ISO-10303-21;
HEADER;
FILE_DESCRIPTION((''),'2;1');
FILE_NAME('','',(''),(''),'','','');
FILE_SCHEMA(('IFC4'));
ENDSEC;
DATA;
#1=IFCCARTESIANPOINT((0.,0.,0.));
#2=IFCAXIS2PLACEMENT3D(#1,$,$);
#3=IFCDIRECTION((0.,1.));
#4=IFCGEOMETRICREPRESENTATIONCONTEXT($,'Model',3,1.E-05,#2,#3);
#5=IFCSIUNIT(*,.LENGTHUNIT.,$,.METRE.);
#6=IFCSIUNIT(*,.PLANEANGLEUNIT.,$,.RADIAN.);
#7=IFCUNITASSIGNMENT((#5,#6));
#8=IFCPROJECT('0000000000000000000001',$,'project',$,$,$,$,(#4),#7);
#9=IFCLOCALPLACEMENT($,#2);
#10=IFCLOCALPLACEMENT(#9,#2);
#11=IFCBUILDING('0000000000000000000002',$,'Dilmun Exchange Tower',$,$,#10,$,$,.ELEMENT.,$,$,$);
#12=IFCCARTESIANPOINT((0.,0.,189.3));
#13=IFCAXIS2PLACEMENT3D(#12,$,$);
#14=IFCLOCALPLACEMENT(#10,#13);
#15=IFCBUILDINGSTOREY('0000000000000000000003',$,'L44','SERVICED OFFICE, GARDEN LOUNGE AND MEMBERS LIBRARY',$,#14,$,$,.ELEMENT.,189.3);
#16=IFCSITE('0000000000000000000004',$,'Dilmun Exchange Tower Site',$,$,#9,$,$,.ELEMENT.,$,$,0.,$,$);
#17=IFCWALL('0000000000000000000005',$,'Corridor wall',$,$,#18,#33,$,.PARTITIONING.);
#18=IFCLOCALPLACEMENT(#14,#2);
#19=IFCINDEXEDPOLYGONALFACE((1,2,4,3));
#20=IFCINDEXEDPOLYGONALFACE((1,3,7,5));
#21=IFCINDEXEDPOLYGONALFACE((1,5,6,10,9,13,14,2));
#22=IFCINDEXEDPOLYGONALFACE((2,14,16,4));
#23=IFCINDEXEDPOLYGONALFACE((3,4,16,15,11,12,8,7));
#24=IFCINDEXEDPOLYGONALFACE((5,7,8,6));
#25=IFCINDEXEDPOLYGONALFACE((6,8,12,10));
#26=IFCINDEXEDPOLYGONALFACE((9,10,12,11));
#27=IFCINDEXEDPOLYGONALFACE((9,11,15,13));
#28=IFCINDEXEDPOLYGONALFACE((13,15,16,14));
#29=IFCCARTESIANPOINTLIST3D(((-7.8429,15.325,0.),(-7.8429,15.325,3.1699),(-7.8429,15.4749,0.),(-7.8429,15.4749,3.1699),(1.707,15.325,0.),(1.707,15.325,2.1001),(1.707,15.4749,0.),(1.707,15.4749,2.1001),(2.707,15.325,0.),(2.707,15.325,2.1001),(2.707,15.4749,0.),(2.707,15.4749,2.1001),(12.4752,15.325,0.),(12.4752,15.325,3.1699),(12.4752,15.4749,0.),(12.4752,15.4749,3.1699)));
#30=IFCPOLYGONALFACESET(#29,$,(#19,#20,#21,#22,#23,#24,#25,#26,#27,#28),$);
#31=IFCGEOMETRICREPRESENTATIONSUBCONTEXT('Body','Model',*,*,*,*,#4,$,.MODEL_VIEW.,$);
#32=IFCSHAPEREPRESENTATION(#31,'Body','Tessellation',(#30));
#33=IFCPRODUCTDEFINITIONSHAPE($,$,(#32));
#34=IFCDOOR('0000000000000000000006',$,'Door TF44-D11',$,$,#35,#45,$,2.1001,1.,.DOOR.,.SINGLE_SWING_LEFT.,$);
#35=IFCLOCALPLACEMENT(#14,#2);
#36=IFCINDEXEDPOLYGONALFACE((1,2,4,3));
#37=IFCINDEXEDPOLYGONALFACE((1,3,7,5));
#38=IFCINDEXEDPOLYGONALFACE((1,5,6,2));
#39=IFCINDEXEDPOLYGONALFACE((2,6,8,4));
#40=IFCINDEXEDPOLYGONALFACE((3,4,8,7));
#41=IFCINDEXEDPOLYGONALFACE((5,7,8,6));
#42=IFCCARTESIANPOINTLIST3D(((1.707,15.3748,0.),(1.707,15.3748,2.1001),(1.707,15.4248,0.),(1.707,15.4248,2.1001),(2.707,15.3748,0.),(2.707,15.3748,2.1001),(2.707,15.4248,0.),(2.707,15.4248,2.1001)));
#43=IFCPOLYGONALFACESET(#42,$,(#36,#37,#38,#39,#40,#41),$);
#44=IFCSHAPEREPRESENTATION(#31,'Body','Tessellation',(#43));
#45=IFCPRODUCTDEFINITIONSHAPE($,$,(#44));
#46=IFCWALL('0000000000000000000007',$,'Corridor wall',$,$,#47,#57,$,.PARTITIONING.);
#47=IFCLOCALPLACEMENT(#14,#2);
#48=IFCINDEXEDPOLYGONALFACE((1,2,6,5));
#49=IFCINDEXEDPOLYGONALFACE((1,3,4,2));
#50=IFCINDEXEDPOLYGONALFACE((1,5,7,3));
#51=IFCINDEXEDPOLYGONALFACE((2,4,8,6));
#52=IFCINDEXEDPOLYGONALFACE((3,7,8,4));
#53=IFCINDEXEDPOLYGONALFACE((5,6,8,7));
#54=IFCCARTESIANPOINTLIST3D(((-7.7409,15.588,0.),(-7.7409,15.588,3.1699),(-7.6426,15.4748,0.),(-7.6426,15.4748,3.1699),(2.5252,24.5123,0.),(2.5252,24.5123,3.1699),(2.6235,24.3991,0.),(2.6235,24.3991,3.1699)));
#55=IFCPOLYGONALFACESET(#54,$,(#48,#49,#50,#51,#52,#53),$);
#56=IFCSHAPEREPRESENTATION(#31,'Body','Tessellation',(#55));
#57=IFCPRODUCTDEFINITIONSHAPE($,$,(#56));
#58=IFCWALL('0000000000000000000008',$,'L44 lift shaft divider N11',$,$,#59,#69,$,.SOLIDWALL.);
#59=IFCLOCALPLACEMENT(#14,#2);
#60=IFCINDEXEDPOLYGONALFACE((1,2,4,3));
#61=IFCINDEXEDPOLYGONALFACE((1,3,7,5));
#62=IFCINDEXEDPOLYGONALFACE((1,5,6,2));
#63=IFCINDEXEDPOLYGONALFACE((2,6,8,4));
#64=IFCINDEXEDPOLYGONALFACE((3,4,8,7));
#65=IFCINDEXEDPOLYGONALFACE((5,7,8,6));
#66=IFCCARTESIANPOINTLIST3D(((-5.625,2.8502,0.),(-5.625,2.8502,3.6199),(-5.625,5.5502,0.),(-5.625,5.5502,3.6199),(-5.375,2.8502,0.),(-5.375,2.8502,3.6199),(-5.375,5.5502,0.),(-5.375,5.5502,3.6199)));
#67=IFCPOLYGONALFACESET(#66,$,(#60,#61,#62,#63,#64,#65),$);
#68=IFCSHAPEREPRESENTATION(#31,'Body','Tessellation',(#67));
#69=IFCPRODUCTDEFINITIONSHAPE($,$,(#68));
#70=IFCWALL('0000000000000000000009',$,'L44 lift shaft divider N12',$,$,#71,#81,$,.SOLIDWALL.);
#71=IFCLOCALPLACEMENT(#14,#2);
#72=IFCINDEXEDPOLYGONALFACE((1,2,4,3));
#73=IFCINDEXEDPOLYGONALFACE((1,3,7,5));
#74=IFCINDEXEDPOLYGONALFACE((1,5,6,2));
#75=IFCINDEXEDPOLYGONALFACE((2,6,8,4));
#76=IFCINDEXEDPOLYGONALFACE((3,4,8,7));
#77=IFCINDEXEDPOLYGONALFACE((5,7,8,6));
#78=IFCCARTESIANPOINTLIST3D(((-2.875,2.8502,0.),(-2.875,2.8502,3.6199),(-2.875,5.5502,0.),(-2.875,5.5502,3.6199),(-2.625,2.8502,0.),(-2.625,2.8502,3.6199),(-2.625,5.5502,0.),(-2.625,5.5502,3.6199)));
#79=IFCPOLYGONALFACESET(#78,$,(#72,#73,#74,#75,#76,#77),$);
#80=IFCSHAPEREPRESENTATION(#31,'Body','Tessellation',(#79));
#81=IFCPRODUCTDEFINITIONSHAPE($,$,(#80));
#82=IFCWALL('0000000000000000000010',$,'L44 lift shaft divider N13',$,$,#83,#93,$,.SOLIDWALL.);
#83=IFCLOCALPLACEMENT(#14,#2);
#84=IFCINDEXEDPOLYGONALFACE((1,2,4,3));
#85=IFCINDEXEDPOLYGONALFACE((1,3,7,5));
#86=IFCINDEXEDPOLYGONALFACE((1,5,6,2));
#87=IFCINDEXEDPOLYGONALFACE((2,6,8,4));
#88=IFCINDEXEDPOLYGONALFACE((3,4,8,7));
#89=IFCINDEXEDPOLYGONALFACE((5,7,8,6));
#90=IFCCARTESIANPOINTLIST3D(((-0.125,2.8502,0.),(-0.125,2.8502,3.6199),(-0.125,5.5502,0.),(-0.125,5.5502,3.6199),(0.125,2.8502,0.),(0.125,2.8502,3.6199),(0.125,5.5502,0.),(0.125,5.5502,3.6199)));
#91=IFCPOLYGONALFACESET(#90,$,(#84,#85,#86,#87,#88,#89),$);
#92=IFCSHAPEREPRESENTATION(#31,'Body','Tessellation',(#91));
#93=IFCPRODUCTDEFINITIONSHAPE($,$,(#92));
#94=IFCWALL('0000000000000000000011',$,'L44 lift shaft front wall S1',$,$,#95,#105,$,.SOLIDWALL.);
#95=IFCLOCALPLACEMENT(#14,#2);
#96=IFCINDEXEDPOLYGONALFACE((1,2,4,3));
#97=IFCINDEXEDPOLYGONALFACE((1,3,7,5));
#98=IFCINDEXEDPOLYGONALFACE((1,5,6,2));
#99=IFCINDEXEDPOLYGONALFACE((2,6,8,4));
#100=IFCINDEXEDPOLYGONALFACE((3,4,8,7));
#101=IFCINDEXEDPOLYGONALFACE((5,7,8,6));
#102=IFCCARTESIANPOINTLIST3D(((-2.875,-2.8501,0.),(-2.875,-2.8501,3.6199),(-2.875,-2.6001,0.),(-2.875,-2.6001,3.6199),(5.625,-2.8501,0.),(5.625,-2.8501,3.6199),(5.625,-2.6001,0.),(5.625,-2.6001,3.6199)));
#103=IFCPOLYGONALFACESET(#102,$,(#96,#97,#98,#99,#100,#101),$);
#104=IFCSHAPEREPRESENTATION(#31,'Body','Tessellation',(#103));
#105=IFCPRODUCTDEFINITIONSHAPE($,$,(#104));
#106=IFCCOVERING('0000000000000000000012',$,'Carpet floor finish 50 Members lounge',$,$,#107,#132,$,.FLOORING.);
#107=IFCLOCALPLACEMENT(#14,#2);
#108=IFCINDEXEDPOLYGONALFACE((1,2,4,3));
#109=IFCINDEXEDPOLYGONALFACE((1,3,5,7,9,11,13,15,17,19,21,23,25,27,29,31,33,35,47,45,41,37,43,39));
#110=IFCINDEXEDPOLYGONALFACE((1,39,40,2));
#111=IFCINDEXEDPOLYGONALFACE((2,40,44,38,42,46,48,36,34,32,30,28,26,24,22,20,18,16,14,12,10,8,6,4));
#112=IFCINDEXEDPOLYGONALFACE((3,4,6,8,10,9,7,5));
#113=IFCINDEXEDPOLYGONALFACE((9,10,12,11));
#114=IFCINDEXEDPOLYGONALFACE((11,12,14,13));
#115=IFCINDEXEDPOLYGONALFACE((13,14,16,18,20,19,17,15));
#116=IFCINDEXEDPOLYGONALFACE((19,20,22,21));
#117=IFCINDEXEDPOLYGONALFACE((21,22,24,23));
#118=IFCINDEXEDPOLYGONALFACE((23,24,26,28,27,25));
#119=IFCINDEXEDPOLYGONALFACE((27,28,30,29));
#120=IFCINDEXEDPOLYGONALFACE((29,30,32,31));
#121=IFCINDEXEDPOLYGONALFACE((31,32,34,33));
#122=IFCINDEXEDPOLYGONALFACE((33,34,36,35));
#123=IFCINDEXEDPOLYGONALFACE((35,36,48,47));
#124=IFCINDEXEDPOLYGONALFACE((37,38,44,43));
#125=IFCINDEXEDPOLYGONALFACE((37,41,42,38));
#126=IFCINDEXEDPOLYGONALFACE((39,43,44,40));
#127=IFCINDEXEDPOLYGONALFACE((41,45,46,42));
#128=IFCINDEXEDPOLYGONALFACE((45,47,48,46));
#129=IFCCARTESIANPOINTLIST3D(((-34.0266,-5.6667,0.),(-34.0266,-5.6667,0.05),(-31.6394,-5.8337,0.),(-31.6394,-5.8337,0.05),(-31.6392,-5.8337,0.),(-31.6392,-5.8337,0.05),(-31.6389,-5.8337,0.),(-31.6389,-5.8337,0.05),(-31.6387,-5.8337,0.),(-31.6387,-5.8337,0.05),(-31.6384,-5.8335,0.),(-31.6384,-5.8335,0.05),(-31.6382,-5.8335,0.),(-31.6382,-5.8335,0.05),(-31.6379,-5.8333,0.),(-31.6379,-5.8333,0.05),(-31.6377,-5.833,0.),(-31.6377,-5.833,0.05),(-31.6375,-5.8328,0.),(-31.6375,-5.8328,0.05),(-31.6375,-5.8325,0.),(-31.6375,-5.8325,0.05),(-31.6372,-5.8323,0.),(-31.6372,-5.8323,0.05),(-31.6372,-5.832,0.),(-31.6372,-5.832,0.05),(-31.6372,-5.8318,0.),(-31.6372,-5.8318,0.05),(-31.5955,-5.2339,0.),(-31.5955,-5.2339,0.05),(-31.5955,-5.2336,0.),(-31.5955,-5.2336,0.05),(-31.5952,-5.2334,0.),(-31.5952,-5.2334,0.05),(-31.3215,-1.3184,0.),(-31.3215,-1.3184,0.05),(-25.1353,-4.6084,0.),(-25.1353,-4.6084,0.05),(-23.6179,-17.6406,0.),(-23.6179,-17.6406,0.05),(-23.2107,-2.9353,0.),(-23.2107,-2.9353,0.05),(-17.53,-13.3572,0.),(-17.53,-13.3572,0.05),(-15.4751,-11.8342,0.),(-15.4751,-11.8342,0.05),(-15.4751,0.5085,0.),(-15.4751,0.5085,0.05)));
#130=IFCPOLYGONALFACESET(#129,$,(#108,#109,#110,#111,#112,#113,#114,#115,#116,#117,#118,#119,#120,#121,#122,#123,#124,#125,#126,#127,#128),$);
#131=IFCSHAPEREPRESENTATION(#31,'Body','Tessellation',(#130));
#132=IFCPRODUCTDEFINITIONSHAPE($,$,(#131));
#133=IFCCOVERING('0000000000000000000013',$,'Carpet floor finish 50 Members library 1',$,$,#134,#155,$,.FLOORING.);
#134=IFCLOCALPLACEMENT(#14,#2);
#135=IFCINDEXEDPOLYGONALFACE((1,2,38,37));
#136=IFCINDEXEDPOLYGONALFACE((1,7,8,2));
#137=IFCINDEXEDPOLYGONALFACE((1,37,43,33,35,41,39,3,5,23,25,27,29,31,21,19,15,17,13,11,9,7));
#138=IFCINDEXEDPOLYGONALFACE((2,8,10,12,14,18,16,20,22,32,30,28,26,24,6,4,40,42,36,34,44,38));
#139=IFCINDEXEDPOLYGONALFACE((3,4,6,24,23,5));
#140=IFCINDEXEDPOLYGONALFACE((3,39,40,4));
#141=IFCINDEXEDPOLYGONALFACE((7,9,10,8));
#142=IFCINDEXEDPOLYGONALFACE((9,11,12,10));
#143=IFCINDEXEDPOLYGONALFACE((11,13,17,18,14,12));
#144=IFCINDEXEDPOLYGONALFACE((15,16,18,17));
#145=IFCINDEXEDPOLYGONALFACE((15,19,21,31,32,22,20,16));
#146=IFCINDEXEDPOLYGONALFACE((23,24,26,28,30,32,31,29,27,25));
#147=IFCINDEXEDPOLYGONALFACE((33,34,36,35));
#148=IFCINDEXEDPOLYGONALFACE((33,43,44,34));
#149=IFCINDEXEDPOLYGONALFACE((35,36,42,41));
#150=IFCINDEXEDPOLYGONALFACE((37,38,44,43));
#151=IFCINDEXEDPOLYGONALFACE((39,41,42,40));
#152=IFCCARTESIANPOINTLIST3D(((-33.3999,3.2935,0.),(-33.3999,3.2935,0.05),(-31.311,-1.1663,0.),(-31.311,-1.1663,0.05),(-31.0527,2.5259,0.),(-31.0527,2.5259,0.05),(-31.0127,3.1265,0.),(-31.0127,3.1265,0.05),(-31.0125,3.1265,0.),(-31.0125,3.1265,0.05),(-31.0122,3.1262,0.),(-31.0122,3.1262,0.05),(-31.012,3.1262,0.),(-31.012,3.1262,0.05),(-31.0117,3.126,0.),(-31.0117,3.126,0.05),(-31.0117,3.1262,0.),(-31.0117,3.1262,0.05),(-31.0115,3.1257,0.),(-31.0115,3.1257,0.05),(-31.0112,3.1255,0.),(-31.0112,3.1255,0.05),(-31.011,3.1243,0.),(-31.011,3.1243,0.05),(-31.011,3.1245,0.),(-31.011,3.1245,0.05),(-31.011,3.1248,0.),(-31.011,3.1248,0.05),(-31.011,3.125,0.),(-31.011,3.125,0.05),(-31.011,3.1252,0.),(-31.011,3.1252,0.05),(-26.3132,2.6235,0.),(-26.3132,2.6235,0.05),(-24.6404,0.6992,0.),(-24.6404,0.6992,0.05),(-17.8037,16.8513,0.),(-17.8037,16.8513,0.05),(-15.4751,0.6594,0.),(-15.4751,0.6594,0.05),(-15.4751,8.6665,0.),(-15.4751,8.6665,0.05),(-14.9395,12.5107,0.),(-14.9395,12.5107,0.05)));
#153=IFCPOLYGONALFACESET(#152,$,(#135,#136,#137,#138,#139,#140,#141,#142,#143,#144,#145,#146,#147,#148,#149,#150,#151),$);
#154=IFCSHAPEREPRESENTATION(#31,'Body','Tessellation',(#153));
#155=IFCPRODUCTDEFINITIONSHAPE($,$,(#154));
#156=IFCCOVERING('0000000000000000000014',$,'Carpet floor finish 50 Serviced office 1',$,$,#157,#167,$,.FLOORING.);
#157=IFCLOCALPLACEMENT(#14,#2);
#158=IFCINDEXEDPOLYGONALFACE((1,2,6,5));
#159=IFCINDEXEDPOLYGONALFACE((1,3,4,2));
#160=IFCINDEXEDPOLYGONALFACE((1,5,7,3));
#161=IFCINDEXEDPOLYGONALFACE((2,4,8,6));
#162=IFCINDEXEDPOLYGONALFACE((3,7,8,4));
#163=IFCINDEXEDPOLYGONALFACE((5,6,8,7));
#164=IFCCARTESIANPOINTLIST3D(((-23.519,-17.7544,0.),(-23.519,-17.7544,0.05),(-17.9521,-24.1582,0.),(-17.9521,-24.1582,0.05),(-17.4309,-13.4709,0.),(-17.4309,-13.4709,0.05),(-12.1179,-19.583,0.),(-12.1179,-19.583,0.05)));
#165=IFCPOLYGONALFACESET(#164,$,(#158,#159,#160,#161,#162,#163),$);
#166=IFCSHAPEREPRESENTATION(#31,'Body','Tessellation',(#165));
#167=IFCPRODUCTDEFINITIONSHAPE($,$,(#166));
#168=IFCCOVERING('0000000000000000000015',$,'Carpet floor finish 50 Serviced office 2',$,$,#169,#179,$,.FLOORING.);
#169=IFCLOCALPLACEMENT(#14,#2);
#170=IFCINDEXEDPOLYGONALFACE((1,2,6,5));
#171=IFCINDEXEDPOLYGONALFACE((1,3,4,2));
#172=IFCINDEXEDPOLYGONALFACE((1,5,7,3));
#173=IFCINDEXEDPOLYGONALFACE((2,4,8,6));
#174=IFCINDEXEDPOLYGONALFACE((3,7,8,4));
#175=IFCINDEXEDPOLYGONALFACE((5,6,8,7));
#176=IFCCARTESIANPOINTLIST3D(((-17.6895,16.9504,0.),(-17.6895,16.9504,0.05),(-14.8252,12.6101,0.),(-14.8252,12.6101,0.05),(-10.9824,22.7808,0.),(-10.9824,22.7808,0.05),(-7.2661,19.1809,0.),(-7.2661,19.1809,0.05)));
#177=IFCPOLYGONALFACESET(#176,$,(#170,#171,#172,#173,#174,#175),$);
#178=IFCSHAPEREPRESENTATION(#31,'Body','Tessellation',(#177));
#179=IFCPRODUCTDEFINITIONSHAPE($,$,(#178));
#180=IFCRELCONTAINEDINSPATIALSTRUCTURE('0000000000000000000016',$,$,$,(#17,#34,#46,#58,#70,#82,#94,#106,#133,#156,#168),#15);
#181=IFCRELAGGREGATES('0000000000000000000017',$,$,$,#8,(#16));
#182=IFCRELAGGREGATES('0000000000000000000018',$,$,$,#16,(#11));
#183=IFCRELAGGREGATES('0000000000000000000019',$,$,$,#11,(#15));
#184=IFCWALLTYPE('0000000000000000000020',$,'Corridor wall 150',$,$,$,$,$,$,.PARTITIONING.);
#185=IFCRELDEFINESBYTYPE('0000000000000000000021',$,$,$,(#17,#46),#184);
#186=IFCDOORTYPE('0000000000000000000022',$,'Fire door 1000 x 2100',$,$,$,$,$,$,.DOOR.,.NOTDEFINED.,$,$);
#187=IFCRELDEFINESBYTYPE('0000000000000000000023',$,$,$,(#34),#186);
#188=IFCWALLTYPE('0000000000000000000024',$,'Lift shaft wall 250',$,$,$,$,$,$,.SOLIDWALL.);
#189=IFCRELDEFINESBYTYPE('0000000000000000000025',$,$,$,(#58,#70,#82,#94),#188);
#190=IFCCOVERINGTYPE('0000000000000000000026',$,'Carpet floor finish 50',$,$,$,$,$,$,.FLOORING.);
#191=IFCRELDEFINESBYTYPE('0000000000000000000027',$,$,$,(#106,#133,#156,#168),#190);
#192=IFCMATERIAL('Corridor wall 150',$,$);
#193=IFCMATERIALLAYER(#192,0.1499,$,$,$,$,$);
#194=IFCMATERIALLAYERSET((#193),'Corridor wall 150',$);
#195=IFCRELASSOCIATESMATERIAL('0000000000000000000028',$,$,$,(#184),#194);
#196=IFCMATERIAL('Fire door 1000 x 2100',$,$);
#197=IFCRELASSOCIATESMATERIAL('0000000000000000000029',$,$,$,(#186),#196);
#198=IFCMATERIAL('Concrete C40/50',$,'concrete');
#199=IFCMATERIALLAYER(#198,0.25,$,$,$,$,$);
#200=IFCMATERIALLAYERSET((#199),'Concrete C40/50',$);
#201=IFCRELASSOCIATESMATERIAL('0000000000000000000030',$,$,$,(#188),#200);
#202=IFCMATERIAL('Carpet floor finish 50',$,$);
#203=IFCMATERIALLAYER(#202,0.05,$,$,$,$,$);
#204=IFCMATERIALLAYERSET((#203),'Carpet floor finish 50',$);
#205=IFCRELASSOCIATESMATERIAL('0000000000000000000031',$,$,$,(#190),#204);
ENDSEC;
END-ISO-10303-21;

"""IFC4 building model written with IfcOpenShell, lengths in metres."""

from ifc_helpers import new_model, si_unit, direction, frame, frame_2d, origin, place, context, subcontext, project, spatial, polyline, rectangle, outline, extrude, material, layer, layer_set, type_object, element, fill, save


model = new_model("IFC4")

# Units and contexts
model_context = context("Model", 3, precision=1e-05, world=origin(), true_north=direction((0.0, 1.0)))
body_context = subcontext(model_context, "Body", "Model", "MODEL_VIEW")
ifc_project = project(units=[si_unit("LENGTHUNIT", "METRE"), si_unit("PLANEANGLEUNIT", "RADIAN")], contexts=[model_context])

# Site, building, storey
site_placement = place(None, origin())
site = spatial("IfcSite", under=ifc_project, at=site_placement, Name="Dilmun Exchange Tower Site", CompositionType="ELEMENT", RefElevation=0.0)
building_placement = place(site_placement, origin())
building = spatial("IfcBuilding", under=site, at=building_placement, Name="Dilmun Exchange Tower", CompositionType="ELEMENT")
storey_placement = place(building_placement, frame((0.0, 0.0, 189.3)))
storey = spatial("IfcBuildingStorey", under=building, at=storey_placement, Name="L44", Description="SERVICED OFFICE, GARDEN LOUNGE AND MEMBERS LIBRARY", CompositionType="ELEMENT", Elevation=189.3)

# Shared definitions
ifc_material_1 = material(Name="Concrete C40/50", Category="concrete")

# Wall, opening, door
ifc_material_2 = material(Name="Corridor wall 150")
ifc_layer_1 = layer(ifc_material_2, 0.1499)
ifc_layer_set_1 = layer_set([ifc_layer_1], Name="Corridor wall 150")
wall_type_1 = type_object("IfcWallType", Name="Corridor wall 150", PredefinedType="PARTITIONING", material=ifc_layer_set_1)
wall_1_placement = place(storey_placement, frame((-7.843, 15.3999, 0.0), z_axis=(0.0, 0.0, 1.0), x_axis=(1.0, 0.0, 0.0)))
wall_1 = element("IfcWall", 1, at=wall_1_placement, inside=storey, type_object=wall_type_1, Name="Corridor wall", PredefinedType="PARTITIONING", context=body_context, shape_type="SweptSolid", body=[
    extrude(rectangle(XDim=20.3181, YDim=0.1499, at=frame_2d((10.1592, 0.0))), origin(), (0.0, 0.0, 1.0), 3.1699),
])
opening_1_placement = place(wall_1_placement, frame((9.55, 0.0, 0.0)))
opening_1 = element("IfcOpeningElement", 2, at=opening_1_placement, cuts=wall_1, PredefinedType="OPENING", context=body_context, shape_type="SweptSolid", body=[
    extrude(rectangle(XDim=1.0, YDim=2.1001, at=frame_2d((0.5, 1.05))), frame((0.0, 0.085, 0.0), z_axis=(0.0, -1.0, 0.0), x_axis=(1.0, 0.0, 0.0)), (0.0, 0.0, 1.0), 0.1699),
])
ifc_material_3 = material(Name="Fire door 1000 x 2100")
door_type_1 = type_object("IfcDoorType", Name="Fire door 1000 x 2100", OperationType="NOTDEFINED", PredefinedType="DOOR", material=ifc_material_3)
door_1_placement = place(opening_1_placement, origin())
door_1 = element("IfcDoor", 3, at=door_1_placement, inside=storey, type_object=door_type_1, Name="Door TF44-D11", OperationType="SINGLE_SWING_LEFT", OverallHeight=2.1001, OverallWidth=1.0, PredefinedType="DOOR", context=body_context, shape_type="SweptSolid", body=[
    extrude(rectangle(XDim=1.0, YDim=2.1001, at=frame_2d((0.5, 1.05))), frame((0.0, 0.0249, 0.0), z_axis=(0.0, -1.0, 0.0), x_axis=(1.0, 0.0, 0.0)), (0.0, 0.0, 1.0), 0.05),
])
fill(opening_1, door_1)

# Walls
wall_2_placement = place(storey_placement, frame((-7.6917, 15.5315, 0.0), z_axis=(0.0, 0.0, 1.0), x_axis=(0.754705, 0.656064, 0.0)))
element("IfcWall", 4, at=wall_2_placement, inside=storey, type_object=wall_type_1, Name="Corridor wall", PredefinedType="PARTITIONING", context=body_context, shape_type="SweptSolid", body=[
    extrude(rectangle(XDim=13.6028, YDim=0.1499, at=frame_2d((6.8013, 0.0))), origin(), (0.0, 0.0, 1.0), 3.1699),
])
ifc_layer_2 = layer(ifc_material_1, 0.25)
ifc_layer_set_2 = layer_set([ifc_layer_2], Name="Concrete C40/50")
wall_type_2 = type_object("IfcWallType", Name="Lift shaft wall 250", PredefinedType="SOLIDWALL", material=ifc_layer_set_2)
for number, where, z_axis, x_axis, name in (
    (5, (-5.5, 2.8501, 0.0), (0.0, 0.0, 1.0), (0.0, 1.0, 0.0), "L44 lift shaft divider N11"),
    (6, (-2.75, 2.8501, 0.0), (0.0, 0.0, 1.0), (0.0, 1.0, 0.0), "L44 lift shaft divider N12"),
    (7, (0.0, 2.8501, 0.0), (0.0, 0.0, 1.0), (0.0, 1.0, 0.0), "L44 lift shaft divider N13"),
):
    element("IfcWall", number, at=place(storey_placement, frame(where, z_axis=z_axis, x_axis=x_axis)), inside=storey, type_object=wall_type_2, Name=name, PredefinedType="SOLIDWALL", context=body_context, shape_type="SweptSolid", body=[
        extrude(rectangle(XDim=2.7, YDim=0.25, at=frame_2d((1.3501, 0.0))), origin(), (0.0, 0.0, 1.0), 3.6199),
    ])
wall_3_placement = place(storey_placement, frame((-2.875, -2.7251, 0.0), z_axis=(0.0, 0.0, 1.0), x_axis=(1.0, 0.0, 0.0)))
element("IfcWall", 8, at=wall_3_placement, inside=storey, type_object=wall_type_2, Name="L44 lift shaft front wall S1", PredefinedType="SOLIDWALL", context=body_context, shape_type="SweptSolid", body=[
    extrude(rectangle(XDim=8.5, YDim=0.25, at=frame_2d((4.25, 0.0))), origin(), (0.0, 0.0, 1.0), 3.6199),
])

# Coverings
ifc_material_4 = material(Name="Carpet floor finish 50")
ifc_layer_3 = layer(ifc_material_4, 0.05)
ifc_layer_set_3 = layer_set([ifc_layer_3], Name="Carpet floor finish 50")
covering_type_1 = type_object("IfcCoveringType", Name="Carpet floor finish 50", PredefinedType="FLOORING", material=ifc_layer_set_3)
covering_1_placement = place(storey_placement, origin())
element("IfcCovering", 9, at=covering_1_placement, inside=storey, type_object=covering_type_1, Name="Carpet floor finish 50 Members lounge", PredefinedType="FLOORING", context=body_context, shape_type="SweptSolid", body=[
    extrude(outline(polyline([(-23.2107, -2.9353), (-25.1353, -4.6084), (-17.53, -13.3572), (-23.6179, -17.6406), (-34.0266, -5.6667), (-31.6394, -5.8337), (-31.6392, -5.8337), (-31.6389, -5.8337), (-31.6389, -5.8337), (-31.6387, -5.8337), (-31.6384, -5.8335), (-31.6382, -5.8335), (-31.6382, -5.8335), (-31.6379, -5.8333), (-31.6377, -5.833), (-31.6377, -5.833), (-31.6375, -5.8328), (-31.6375, -5.8328), (-31.6375, -5.8325), (-31.6372, -5.8323), (-31.6372, -5.832), (-31.6372, -5.8318), (-31.5955, -5.2339), (-31.5955, -5.2339), (-31.5955, -5.2336), (-31.5952, -5.2334), (-31.3215, -1.3184), (-15.4751, 0.5085), (-15.4751, -11.8342), (-23.2107, -2.9353)])), origin(), (0.0, 0.0, 1.0), 0.05),
])
covering_2_placement = place(storey_placement, origin())
element("IfcCovering", 10, at=covering_2_placement, inside=storey, type_object=covering_type_1, Name="Carpet floor finish 50 Members library 1", PredefinedType="FLOORING", context=body_context, shape_type="SweptSolid", body=[
    extrude(outline(polyline([(-15.4751, 8.6665), (-15.4751, 0.6594), (-31.311, -1.1663), (-31.0527, 2.5259), (-31.0527, 2.5259), (-31.011, 3.1243), (-31.011, 3.1245), (-31.011, 3.1248), (-31.011, 3.125), (-31.011, 3.125), (-31.011, 3.1252), (-31.0112, 3.1255), (-31.0112, 3.1255), (-31.0115, 3.1257), (-31.0117, 3.126), (-31.0117, 3.1262), (-31.012, 3.1262), (-31.0122, 3.1262), (-31.0122, 3.1262), (-31.0125, 3.1265), (-31.0127, 3.1265), (-31.0127, 3.1265), (-33.3999, 3.2935), (-17.8037, 16.8513), (-14.9395, 12.5107), (-26.3132, 2.6235), (-24.6404, 0.6992), (-15.4751, 8.6665)])), origin(), (0.0, 0.0, 1.0), 0.05),
])
covering_3_placement = place(storey_placement, origin())
element("IfcCovering", 11, at=covering_3_placement, inside=storey, type_object=covering_type_1, Name="Carpet floor finish 50 Serviced office 1", PredefinedType="FLOORING", context=body_context, shape_type="SweptSolid", body=[
    extrude(outline(polyline([(-17.9521, -24.1582), (-23.519, -17.7544), (-17.4309, -13.4709), (-12.1179, -19.583), (-17.9521, -24.1582)])), origin(), (0.0, 0.0, 1.0), 0.05),
])
covering_4_placement = place(storey_placement, origin())
element("IfcCovering", 12, at=covering_4_placement, inside=storey, type_object=covering_type_1, Name="Carpet floor finish 50 Serviced office 2", PredefinedType="FLOORING", context=body_context, shape_type="SweptSolid", body=[
    extrude(outline(polyline([(-14.8252, 12.6101), (-17.6895, 16.9504), (-10.9824, 22.7808), (-7.2661, 19.1809), (-14.8252, 12.6101)])), origin(), (0.0, 0.0, 1.0), 0.05),
])

save(model, "model.ifc")
